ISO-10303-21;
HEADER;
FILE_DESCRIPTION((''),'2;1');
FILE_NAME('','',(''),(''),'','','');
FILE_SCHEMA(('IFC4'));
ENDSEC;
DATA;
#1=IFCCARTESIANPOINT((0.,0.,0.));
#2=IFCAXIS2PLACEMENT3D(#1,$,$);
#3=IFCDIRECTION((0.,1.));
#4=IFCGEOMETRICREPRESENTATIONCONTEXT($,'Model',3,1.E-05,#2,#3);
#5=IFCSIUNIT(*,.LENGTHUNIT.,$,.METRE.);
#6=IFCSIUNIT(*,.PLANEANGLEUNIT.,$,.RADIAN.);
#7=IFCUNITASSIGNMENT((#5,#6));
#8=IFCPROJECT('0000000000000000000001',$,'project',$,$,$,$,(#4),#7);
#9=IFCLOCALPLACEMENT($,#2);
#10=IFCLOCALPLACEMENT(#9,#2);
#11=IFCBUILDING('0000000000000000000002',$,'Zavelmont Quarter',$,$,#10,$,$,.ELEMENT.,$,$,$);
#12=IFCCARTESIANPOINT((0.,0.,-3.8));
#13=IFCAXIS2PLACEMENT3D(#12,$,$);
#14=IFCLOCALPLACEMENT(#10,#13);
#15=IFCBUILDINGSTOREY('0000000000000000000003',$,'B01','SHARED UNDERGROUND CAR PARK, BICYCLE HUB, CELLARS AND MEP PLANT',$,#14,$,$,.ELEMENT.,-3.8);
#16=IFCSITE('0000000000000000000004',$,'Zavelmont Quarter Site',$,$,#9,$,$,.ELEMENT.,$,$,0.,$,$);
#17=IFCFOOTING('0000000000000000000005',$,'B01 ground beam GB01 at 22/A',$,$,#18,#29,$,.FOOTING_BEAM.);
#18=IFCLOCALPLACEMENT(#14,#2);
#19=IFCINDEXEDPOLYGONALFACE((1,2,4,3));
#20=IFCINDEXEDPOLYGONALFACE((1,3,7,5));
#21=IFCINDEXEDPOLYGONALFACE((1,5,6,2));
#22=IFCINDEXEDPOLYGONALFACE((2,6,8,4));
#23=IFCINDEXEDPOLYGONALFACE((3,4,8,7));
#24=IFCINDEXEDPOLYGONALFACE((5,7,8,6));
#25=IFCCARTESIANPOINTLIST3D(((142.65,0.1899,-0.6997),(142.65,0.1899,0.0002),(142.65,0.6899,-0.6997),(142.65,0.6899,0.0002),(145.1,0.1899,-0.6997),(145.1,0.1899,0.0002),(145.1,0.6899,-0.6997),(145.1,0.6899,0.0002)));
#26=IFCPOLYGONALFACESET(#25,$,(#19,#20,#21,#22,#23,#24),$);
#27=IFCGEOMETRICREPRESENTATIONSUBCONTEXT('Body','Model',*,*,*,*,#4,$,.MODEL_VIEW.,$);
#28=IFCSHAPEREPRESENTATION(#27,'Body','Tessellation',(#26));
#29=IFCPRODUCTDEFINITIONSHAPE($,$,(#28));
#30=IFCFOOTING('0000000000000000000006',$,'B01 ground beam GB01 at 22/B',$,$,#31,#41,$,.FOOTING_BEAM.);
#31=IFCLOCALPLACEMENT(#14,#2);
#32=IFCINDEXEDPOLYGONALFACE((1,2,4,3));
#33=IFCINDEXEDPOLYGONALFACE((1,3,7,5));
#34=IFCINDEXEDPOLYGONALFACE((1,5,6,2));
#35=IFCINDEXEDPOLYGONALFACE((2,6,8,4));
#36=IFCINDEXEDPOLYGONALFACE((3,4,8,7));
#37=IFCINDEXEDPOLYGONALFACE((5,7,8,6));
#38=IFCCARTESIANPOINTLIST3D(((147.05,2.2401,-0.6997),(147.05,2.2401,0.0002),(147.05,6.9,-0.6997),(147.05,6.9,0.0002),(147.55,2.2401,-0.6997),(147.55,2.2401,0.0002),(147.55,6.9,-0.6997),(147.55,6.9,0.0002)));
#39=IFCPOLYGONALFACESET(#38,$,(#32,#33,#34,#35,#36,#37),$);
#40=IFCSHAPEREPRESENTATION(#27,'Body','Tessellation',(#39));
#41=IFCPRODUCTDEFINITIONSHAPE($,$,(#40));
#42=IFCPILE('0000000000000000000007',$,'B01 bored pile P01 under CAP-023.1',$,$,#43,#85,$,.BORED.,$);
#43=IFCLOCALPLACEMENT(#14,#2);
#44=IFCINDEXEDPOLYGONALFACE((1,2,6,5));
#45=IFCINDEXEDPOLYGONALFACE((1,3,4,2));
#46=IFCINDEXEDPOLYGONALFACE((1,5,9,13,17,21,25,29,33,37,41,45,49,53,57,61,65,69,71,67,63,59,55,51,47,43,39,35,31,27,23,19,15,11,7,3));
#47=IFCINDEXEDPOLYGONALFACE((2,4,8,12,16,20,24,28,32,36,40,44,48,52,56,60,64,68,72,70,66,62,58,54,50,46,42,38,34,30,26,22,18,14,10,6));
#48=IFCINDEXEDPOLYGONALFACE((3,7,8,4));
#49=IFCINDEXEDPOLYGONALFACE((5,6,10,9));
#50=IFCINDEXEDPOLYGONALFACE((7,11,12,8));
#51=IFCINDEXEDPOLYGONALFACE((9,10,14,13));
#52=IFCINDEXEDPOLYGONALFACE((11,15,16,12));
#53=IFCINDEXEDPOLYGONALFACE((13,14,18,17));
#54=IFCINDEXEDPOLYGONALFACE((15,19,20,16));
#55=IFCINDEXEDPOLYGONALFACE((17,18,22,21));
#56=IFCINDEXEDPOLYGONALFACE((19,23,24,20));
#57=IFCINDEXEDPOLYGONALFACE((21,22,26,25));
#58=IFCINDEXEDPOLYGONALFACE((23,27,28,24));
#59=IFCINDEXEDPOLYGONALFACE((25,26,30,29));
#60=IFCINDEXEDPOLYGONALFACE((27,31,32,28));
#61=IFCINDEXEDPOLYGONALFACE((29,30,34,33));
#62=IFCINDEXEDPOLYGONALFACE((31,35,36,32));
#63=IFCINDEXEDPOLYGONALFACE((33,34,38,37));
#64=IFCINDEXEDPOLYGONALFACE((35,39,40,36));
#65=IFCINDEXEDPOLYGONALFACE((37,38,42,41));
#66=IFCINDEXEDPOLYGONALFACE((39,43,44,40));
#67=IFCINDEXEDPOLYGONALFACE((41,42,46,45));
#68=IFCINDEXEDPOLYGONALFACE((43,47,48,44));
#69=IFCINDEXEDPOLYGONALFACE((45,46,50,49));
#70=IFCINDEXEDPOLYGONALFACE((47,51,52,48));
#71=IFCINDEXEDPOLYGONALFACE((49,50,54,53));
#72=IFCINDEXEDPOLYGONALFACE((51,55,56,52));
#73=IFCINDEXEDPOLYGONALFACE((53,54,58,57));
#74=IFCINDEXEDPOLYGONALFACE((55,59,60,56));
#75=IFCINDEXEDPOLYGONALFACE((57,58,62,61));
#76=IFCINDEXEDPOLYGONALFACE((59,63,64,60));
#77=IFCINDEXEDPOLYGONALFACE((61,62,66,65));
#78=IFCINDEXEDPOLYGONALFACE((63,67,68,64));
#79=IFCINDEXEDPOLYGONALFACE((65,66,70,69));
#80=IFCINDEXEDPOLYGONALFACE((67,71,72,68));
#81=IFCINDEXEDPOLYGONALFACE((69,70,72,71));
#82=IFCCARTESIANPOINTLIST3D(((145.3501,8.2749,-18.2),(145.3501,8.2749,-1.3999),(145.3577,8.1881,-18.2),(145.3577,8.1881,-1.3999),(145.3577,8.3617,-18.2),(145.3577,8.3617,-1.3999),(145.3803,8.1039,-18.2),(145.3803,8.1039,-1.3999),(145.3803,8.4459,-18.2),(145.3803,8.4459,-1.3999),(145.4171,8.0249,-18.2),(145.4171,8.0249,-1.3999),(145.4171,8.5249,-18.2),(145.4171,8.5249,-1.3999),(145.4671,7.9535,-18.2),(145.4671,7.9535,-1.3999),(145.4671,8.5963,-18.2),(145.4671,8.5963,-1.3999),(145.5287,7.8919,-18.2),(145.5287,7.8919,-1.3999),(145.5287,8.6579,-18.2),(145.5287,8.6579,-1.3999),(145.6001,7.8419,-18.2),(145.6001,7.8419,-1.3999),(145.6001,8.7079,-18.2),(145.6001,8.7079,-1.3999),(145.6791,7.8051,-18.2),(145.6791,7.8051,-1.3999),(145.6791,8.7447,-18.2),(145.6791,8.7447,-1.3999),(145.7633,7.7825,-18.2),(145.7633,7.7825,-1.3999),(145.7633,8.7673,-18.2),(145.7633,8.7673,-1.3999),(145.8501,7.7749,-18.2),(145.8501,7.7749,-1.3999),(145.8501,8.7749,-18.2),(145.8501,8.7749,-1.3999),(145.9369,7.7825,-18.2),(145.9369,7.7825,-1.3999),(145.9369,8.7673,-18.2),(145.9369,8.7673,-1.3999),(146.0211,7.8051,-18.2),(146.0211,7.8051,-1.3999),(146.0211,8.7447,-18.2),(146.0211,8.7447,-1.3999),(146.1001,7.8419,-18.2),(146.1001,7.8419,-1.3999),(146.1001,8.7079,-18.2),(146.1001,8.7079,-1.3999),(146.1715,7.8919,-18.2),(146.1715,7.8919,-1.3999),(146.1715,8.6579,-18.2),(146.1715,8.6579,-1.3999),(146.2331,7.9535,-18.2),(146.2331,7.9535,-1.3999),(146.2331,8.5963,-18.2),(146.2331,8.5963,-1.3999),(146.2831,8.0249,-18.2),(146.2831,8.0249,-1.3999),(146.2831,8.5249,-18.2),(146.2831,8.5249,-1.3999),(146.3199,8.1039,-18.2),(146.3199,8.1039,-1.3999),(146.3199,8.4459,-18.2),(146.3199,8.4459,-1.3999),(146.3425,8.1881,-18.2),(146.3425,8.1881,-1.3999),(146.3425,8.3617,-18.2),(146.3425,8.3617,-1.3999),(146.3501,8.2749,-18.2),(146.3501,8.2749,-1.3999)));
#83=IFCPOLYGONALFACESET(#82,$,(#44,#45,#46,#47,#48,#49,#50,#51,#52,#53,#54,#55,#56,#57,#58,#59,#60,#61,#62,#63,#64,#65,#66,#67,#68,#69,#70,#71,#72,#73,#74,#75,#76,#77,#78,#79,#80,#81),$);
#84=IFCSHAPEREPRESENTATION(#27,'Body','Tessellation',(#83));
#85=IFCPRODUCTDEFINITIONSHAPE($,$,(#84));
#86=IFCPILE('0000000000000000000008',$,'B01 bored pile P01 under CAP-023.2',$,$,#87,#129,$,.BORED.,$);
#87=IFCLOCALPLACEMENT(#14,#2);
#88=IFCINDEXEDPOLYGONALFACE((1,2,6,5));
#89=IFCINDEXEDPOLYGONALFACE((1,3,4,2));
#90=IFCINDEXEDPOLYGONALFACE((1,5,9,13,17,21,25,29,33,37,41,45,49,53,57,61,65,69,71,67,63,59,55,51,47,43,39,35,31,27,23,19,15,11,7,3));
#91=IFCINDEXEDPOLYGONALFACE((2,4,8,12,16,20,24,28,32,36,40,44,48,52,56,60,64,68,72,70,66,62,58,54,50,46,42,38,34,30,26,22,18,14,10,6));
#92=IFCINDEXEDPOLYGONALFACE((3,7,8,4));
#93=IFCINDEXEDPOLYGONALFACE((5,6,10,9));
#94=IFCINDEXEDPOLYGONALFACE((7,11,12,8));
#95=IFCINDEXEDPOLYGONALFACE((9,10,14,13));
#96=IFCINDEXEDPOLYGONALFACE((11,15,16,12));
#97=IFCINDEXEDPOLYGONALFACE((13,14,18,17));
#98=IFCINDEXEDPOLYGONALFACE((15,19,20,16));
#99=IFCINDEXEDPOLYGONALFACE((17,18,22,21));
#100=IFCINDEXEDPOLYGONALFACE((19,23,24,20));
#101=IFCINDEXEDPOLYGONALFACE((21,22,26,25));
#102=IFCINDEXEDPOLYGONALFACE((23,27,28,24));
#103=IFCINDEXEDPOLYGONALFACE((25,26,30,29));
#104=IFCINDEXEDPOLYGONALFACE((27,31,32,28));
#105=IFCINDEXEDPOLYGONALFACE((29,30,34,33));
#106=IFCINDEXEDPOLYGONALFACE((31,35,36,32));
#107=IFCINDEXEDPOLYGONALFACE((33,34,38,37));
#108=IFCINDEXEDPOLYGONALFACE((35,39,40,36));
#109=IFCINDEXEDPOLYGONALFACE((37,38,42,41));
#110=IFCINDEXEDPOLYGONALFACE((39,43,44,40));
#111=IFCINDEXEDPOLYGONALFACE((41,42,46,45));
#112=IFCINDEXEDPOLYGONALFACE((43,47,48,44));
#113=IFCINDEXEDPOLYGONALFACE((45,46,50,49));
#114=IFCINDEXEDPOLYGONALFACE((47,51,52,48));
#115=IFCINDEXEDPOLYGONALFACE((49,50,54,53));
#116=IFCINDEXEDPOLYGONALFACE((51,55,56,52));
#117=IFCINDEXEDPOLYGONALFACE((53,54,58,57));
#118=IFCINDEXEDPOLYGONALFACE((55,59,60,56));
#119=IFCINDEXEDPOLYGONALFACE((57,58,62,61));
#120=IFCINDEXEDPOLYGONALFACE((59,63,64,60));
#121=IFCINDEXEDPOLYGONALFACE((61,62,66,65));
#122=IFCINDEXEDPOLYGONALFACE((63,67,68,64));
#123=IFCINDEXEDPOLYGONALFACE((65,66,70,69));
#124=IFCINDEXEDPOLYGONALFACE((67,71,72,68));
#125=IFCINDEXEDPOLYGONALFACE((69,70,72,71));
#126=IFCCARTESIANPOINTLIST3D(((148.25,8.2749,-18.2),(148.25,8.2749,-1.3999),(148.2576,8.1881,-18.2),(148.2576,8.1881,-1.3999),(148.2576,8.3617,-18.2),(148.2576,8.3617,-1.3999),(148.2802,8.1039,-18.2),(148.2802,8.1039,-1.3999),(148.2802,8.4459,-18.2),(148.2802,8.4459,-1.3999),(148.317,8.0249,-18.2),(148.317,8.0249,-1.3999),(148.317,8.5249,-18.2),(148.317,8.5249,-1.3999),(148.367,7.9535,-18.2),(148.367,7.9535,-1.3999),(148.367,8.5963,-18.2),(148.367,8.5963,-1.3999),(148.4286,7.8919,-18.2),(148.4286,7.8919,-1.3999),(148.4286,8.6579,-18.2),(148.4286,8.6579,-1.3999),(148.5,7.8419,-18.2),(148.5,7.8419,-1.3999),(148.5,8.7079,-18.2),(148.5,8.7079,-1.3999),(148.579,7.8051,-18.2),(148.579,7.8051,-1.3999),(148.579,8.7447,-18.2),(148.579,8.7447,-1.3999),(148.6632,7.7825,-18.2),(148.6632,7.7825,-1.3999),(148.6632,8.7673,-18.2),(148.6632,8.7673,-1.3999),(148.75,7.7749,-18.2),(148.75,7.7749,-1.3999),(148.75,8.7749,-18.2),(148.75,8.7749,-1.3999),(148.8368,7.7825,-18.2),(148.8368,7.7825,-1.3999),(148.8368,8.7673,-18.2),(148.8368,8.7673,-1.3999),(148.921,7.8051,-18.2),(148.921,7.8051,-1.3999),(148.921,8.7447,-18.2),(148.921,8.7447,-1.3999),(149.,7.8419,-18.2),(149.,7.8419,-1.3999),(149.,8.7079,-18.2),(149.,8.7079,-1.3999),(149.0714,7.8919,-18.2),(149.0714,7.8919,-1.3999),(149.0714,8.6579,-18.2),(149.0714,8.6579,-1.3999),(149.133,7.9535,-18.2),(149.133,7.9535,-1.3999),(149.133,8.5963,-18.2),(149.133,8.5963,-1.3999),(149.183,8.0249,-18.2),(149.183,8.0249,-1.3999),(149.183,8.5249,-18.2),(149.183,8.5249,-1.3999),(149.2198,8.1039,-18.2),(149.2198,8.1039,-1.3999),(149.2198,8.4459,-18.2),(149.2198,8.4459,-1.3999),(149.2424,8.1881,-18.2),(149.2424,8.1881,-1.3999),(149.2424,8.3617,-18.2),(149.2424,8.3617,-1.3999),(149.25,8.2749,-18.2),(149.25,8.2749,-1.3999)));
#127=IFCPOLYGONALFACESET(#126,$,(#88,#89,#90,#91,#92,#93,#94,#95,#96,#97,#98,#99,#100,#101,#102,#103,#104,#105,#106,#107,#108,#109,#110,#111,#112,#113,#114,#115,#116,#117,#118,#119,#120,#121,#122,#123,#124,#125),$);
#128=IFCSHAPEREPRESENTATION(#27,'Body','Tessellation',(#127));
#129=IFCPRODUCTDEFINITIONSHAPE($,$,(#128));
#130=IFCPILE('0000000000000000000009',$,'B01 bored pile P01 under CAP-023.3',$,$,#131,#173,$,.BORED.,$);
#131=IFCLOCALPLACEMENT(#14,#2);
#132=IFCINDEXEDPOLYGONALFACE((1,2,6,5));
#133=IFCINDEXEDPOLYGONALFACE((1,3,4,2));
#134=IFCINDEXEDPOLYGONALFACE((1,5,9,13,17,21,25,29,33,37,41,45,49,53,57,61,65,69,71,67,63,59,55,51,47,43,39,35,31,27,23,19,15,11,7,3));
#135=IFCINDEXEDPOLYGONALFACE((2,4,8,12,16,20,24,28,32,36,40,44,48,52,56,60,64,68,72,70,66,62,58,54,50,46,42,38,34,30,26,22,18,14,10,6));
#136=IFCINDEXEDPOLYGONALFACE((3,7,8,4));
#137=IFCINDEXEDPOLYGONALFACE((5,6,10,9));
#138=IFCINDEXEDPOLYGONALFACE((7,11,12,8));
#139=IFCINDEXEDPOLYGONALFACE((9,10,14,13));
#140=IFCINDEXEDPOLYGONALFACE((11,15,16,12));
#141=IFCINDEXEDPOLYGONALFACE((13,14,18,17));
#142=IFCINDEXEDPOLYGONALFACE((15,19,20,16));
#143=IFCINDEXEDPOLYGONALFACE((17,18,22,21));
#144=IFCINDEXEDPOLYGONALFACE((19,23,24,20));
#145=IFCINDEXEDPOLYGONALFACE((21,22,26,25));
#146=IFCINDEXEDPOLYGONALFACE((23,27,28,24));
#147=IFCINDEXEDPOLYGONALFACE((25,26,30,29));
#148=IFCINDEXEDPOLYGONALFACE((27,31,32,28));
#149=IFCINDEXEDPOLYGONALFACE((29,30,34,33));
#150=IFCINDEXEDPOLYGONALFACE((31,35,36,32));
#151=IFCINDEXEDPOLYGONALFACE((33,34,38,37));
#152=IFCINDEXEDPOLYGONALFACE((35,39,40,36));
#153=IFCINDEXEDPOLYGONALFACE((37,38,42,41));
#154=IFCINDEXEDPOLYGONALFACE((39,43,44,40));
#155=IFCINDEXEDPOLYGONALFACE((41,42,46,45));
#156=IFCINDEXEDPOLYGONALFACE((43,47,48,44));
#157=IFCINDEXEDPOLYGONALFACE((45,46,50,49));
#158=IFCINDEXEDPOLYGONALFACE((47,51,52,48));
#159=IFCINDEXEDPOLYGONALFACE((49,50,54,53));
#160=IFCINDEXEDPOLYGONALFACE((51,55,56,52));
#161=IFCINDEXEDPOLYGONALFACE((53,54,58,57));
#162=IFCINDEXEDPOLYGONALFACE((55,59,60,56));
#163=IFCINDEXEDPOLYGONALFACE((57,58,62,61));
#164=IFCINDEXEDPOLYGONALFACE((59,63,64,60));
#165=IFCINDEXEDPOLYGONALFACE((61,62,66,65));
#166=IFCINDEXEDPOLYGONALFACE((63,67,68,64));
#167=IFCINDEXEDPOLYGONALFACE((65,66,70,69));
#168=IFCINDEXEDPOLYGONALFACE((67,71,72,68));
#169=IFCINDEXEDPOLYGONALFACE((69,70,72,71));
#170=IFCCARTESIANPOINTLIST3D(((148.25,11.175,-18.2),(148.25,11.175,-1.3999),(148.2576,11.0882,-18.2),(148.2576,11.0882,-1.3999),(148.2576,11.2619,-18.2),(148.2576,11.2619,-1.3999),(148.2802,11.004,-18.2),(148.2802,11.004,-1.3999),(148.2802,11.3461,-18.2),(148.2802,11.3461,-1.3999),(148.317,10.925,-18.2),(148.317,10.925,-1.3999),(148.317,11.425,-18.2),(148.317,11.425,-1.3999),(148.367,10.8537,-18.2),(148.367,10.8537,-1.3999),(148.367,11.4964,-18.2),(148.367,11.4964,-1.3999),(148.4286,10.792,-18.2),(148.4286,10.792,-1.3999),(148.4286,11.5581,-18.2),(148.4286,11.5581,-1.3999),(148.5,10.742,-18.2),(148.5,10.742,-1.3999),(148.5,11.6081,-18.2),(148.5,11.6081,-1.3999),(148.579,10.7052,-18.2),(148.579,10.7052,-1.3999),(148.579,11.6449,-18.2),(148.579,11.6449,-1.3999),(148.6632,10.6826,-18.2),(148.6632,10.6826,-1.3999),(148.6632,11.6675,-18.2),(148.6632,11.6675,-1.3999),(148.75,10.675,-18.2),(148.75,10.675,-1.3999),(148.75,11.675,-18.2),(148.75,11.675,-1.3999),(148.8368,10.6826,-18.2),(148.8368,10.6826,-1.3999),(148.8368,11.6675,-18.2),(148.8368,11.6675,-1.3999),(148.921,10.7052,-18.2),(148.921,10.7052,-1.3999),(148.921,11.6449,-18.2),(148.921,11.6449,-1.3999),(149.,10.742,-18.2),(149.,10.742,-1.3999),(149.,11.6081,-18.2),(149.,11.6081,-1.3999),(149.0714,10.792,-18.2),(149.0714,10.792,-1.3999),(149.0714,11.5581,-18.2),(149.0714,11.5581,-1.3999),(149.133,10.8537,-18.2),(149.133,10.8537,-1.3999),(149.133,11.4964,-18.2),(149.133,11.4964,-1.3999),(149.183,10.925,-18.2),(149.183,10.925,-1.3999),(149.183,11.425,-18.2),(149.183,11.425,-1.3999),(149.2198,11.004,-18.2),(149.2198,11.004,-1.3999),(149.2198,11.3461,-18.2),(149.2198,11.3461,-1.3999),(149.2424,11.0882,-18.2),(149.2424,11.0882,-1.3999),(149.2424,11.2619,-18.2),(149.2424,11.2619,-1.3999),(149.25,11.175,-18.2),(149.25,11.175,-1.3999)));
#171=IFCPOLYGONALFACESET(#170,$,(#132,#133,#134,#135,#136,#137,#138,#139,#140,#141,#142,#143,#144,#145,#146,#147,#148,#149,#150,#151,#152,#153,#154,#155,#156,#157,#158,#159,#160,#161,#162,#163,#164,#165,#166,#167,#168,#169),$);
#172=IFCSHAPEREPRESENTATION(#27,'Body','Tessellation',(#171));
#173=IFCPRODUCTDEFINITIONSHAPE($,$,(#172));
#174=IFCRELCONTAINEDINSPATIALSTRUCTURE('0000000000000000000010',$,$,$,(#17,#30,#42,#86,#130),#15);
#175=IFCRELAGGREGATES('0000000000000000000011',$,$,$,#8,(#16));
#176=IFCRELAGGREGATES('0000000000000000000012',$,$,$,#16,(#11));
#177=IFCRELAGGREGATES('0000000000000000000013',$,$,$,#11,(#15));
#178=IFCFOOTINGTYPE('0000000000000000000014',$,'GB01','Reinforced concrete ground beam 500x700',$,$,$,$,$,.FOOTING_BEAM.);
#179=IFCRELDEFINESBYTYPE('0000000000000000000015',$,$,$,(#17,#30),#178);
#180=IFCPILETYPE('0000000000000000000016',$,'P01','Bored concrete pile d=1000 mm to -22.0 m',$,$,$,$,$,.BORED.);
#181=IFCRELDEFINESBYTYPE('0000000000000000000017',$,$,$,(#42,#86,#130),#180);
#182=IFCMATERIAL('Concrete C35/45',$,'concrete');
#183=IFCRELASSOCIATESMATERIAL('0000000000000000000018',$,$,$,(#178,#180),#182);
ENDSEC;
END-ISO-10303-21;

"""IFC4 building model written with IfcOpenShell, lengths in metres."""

from ifc_helpers import new_model, si_unit, direction, frame, origin, origin_2d, place, context, subcontext, project, spatial, rectangle, circle, extrude, material, material_profile, profile_set, type_object, element, save


model = new_model("IFC4")

# Units and contexts
model_context = context("Model", 3, precision=1e-05, world=origin(), true_north=direction((0.0, 1.0)))
body_context = subcontext(model_context, "Body", "Model", "MODEL_VIEW")
ifc_project = project(units=[si_unit("LENGTHUNIT", "METRE"), si_unit("PLANEANGLEUNIT", "RADIAN")], contexts=[model_context])

# Site, building, storey
site_placement = place(None, origin())
site = spatial("IfcSite", under=ifc_project, at=site_placement, Name="Zavelmont Quarter Site", CompositionType="ELEMENT", RefElevation=0.0)
building_placement = place(site_placement, origin())
building = spatial("IfcBuilding", under=site, at=building_placement, Name="Zavelmont Quarter", CompositionType="ELEMENT")
storey_placement = place(building_placement, frame((0.0, 0.0, -3.8)))
storey = spatial("IfcBuildingStorey", under=building, at=storey_placement, Name="B01", Description="SHARED UNDERGROUND CAR PARK, BICYCLE HUB, CELLARS AND MEP PLANT", CompositionType="ELEMENT", Elevation=-3.8)

# Footings
ifc_material_1 = material(Name="Concrete C35/45", Category="concrete")
footing_type_1 = type_object("IfcFootingType", Name="GB01", Description="Reinforced concrete ground beam 500x700", PredefinedType="FOOTING_BEAM", material=ifc_material_1)
footing_1_placement = place(storey_placement, frame((143.875, 0.4399, -0.6997), z_axis=(0.0, 0.0, 1.0), x_axis=(1.0, 0.0, 0.0)))
element("IfcFooting", 1, at=footing_1_placement, inside=storey, type_object=footing_type_1, Name="B01 ground beam GB01 at 22/A", PredefinedType="FOOTING_BEAM", context=body_context, shape_type="SweptSolid", body=[
    extrude(rectangle(XDim=2.45, YDim=0.5, at=origin_2d()), origin(), (0.0, 0.0, 1.0), 0.7),
])
footing_2_placement = place(storey_placement, frame((147.3, 4.5701, -0.6997), z_axis=(0.0, 0.0, 1.0), x_axis=(0.0, 1.0, 0.0)))
element("IfcFooting", 2, at=footing_2_placement, inside=storey, type_object=footing_type_1, Name="B01 ground beam GB01 at 22/B", PredefinedType="FOOTING_BEAM", context=body_context, shape_type="SweptSolid", body=[
    extrude(rectangle(XDim=4.6599, YDim=0.5, at=origin_2d()), origin(), (0.0, 0.0, 1.0), 0.7),
])

# Piles
ifc_material_profile_1 = material_profile(ifc_material_1, circle(Radius=0.5, at=origin_2d()), Name="BP1000")
ifc_profile_set_1 = profile_set([ifc_material_profile_1], Name="Concrete C35/45")
pile_type_1 = type_object("IfcPileType", Name="P01", Description="Bored concrete pile d=1000 mm to -22.0 m", PredefinedType="BORED", material=ifc_profile_set_1)
for number, where, z_axis, x_axis, name in (
    (3, (145.8501, 8.2749, -1.3999), (0.0, 0.0, -1.0), (1.0, 0.0, 0.0), "B01 bored pile P01 under CAP-023.1"),
    (4, (148.75, 8.2749, -1.3999), (0.0, 0.0, -1.0), (1.0, 0.0, 0.0), "B01 bored pile P01 under CAP-023.2"),
    (5, (148.75, 11.175, -1.3999), (0.0, 0.0, -1.0), (1.0, 0.0, 0.0), "B01 bored pile P01 under CAP-023.3"),
):
    element("IfcPile", number, at=place(storey_placement, frame(where, z_axis=z_axis, x_axis=x_axis)), inside=storey, type_object=pile_type_1, Name=name, PredefinedType="BORED", context=body_context, shape_type="SweptSolid", body=[
        extrude(circle(Radius=0.5, at=origin_2d()), origin(), (0.0, 0.0, 1.0), 16.8),
    ])

save(model, "model.ifc")
